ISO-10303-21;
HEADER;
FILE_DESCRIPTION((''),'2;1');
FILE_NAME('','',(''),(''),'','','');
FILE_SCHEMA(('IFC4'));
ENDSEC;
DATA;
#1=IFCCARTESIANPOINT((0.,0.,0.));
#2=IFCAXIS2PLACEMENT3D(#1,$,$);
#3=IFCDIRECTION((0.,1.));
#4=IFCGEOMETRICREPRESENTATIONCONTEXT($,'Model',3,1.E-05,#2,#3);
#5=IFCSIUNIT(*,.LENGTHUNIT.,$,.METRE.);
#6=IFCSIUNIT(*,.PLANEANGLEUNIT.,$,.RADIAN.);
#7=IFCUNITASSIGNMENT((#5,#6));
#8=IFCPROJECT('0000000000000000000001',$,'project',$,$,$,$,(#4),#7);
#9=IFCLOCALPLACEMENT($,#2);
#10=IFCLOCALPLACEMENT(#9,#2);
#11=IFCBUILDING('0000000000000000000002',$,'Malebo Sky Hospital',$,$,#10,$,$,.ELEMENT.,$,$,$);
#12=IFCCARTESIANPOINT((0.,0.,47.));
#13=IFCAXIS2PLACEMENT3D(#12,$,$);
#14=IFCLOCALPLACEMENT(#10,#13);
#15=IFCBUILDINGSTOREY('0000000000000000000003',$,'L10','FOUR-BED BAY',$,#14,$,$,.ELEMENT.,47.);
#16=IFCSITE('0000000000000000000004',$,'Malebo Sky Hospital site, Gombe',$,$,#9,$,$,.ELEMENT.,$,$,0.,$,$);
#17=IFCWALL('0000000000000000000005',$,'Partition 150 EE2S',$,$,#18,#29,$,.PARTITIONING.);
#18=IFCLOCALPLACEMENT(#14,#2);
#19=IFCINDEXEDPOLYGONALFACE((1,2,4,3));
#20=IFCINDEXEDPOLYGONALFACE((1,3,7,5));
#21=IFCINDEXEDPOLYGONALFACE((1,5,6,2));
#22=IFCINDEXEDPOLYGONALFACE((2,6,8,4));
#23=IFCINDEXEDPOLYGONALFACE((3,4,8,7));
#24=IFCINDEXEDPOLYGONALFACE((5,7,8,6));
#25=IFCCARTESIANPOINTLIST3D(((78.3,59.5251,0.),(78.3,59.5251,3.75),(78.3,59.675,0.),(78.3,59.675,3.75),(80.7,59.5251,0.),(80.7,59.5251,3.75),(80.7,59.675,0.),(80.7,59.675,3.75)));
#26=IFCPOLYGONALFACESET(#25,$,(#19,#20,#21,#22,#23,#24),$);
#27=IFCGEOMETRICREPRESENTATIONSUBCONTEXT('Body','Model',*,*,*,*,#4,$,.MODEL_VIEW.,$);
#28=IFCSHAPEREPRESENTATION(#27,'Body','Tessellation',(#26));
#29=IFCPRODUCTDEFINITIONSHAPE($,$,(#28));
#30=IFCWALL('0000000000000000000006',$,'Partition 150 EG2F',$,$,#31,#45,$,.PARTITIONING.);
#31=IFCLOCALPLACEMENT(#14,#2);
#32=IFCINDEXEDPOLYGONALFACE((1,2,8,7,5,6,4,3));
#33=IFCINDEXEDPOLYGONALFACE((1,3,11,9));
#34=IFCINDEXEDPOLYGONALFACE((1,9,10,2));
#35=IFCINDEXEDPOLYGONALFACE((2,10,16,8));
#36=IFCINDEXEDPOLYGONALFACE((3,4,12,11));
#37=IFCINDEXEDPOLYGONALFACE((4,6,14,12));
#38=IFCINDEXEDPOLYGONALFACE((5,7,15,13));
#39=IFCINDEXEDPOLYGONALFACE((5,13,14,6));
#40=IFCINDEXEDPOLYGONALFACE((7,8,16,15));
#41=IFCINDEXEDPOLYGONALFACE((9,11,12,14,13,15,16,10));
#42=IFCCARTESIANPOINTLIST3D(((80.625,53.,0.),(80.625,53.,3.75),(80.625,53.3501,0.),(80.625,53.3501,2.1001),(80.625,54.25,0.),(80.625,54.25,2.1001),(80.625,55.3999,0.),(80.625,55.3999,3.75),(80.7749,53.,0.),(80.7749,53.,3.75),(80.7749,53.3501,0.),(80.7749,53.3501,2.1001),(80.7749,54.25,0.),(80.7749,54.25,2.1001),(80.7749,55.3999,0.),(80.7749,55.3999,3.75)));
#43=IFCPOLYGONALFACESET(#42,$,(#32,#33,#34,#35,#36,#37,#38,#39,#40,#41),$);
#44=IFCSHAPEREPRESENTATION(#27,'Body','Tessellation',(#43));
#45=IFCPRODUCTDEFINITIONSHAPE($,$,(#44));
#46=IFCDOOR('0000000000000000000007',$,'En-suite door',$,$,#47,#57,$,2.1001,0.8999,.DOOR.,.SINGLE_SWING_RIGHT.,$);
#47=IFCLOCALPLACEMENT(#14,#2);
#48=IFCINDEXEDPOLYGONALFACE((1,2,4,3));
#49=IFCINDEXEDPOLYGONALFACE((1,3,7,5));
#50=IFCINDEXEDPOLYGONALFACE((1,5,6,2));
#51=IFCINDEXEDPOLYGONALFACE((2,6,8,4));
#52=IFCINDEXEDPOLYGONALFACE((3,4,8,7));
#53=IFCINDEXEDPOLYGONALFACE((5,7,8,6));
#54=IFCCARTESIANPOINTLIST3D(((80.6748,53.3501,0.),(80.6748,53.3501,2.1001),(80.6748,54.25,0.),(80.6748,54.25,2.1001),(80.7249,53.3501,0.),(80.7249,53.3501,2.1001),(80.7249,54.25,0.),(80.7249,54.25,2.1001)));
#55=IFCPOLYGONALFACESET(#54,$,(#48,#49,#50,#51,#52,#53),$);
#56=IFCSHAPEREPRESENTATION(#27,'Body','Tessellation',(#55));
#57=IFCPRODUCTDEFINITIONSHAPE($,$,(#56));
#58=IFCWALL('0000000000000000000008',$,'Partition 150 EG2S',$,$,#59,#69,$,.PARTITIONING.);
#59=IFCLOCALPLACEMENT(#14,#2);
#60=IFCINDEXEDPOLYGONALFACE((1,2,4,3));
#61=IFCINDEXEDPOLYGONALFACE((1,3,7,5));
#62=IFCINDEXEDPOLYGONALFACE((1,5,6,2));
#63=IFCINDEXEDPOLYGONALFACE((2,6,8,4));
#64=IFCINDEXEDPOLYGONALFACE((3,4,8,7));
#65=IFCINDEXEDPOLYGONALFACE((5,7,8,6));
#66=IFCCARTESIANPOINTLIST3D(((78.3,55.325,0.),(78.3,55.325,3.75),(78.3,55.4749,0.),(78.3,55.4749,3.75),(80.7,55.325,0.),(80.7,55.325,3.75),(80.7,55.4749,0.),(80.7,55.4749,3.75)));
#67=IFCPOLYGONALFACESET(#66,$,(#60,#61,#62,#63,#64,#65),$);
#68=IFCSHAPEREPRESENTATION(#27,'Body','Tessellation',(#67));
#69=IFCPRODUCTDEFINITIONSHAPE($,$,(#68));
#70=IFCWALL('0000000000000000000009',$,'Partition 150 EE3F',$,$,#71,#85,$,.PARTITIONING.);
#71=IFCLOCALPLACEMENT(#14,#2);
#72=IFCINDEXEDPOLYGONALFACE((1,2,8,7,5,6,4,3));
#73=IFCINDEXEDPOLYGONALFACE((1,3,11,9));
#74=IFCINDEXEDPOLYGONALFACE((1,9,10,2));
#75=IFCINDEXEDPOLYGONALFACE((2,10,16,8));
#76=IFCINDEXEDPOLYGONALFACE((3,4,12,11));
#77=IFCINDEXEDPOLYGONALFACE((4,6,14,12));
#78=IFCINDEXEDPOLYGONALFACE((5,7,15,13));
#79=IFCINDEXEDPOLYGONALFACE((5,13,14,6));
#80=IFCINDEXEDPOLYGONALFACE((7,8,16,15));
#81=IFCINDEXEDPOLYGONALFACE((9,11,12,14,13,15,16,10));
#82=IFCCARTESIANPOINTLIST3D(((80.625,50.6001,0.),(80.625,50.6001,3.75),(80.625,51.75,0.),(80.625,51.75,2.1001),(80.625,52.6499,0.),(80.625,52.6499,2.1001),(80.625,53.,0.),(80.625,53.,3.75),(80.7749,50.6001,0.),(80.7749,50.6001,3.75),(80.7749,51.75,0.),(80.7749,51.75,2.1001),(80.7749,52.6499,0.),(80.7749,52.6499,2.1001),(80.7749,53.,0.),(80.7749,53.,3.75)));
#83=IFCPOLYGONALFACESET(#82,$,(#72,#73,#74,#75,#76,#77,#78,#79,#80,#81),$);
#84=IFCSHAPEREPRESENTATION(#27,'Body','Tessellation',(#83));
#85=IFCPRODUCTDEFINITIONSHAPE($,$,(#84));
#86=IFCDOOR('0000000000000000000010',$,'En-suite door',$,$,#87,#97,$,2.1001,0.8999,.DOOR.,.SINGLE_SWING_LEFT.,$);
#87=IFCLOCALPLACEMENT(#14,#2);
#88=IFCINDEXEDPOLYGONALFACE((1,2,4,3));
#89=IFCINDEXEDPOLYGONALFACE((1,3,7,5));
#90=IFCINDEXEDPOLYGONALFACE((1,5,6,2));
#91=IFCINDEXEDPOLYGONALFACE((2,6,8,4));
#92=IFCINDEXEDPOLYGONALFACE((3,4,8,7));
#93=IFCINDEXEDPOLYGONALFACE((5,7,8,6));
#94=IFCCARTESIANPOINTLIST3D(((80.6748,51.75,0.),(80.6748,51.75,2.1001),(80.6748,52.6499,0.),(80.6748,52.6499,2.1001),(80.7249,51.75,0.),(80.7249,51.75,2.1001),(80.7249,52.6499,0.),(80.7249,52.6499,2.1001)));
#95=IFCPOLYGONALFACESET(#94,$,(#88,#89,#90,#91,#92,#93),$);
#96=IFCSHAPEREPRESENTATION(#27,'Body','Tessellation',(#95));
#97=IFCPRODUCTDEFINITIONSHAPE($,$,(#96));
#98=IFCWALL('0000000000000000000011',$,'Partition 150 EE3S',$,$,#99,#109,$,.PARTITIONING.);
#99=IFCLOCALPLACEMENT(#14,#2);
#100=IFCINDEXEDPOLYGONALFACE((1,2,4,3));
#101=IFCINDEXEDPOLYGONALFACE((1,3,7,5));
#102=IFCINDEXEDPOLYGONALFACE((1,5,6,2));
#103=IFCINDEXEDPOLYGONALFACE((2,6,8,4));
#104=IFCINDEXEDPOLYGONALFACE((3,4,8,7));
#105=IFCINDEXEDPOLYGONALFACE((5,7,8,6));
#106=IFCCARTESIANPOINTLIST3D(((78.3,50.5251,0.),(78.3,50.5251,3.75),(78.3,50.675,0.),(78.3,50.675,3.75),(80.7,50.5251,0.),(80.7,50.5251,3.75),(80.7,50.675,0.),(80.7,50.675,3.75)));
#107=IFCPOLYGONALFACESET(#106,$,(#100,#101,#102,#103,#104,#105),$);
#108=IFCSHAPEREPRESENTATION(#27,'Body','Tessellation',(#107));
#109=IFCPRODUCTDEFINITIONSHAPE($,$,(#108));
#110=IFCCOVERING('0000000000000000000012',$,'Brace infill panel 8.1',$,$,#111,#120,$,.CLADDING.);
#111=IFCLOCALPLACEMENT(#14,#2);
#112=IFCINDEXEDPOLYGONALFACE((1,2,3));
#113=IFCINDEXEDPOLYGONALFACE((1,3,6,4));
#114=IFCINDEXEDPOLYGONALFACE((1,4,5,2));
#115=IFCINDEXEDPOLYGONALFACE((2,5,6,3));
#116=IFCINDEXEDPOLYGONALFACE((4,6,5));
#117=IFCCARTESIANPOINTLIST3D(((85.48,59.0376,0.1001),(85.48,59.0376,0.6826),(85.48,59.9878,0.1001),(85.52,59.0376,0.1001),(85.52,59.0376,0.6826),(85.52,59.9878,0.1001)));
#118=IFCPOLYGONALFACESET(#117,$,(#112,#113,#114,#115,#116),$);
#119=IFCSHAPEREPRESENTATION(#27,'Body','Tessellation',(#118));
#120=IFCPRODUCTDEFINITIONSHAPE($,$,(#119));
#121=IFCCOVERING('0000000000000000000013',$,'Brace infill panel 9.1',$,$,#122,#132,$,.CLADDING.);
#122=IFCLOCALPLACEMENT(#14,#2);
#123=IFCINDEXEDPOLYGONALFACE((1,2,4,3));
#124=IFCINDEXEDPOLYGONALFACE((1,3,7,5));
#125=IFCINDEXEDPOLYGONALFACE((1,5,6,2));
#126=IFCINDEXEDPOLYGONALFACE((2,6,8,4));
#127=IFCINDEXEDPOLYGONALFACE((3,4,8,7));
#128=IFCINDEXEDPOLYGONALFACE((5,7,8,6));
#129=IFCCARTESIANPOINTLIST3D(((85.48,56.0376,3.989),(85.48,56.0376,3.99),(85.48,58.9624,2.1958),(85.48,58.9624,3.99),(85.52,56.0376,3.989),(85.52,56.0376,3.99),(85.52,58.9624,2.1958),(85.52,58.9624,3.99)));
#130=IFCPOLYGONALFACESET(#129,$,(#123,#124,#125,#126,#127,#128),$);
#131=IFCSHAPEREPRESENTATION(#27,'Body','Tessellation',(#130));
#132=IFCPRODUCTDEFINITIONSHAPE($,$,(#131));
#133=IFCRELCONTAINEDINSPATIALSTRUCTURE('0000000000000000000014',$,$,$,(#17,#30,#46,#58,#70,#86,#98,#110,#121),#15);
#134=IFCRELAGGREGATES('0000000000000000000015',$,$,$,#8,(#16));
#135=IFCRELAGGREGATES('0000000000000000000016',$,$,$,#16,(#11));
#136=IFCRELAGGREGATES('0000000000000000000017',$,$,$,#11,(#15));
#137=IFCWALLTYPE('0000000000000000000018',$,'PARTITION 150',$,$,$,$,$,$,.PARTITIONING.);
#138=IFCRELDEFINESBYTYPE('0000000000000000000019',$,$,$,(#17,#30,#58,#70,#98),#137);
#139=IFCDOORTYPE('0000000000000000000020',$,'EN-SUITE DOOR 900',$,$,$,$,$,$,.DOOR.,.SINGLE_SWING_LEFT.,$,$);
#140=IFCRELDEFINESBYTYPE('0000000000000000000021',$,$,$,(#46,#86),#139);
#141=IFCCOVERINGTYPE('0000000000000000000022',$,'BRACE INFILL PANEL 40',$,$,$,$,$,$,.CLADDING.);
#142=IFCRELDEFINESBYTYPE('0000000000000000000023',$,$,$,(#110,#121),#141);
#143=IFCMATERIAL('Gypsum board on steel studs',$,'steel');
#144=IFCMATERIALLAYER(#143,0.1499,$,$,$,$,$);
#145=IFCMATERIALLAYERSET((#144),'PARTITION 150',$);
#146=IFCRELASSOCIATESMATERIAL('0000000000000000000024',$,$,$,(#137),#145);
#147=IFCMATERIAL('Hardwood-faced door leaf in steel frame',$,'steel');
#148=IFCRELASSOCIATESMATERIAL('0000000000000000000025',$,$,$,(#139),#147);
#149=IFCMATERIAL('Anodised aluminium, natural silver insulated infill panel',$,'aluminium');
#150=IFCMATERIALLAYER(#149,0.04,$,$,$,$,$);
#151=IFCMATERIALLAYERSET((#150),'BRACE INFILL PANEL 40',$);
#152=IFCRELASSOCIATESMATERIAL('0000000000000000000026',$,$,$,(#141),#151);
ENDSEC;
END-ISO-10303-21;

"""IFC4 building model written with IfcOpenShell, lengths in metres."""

from ifc_helpers import new_model, si_unit, direction, frame, frame_2d, origin, place, context, subcontext, project, spatial, polyline, rectangle, outline, extrude, material, layer, layer_set, type_object, element, fill, save


model = new_model("IFC4")

# Units and contexts
model_context = context("Model", 3, precision=1e-05, world=origin(), true_north=direction((0.0, 1.0)))
body_context = subcontext(model_context, "Body", "Model", "MODEL_VIEW")
ifc_project = project(units=[si_unit("LENGTHUNIT", "METRE"), si_unit("PLANEANGLEUNIT", "RADIAN")], contexts=[model_context])

# Site, building, storey
site_placement = place(None, origin())
site = spatial("IfcSite", under=ifc_project, at=site_placement, Name="Malebo Sky Hospital site, Gombe", CompositionType="ELEMENT", RefElevation=0.0)
building_placement = place(site_placement, origin())
building = spatial("IfcBuilding", under=site, at=building_placement, Name="Malebo Sky Hospital", CompositionType="ELEMENT")
storey_placement = place(building_placement, frame((0.0, 0.0, 47.0)))
storey = spatial("IfcBuildingStorey", under=building, at=storey_placement, Name="L10", Description="FOUR-BED BAY", CompositionType="ELEMENT", Elevation=47.0)

# Wall
ifc_material_1 = material(Name="Gypsum board on steel studs", Category="steel")
ifc_layer_1 = layer(ifc_material_1, 0.1499)
ifc_layer_set_1 = layer_set([ifc_layer_1], Name="PARTITION 150")
wall_type = type_object("IfcWallType", Name="PARTITION 150", PredefinedType="PARTITIONING", material=ifc_layer_set_1)
wall_1_placement = place(storey_placement, frame((78.3, 59.6001, 0.0), z_axis=(0.0, 0.0, 1.0), x_axis=(1.0, 0.0, 0.0)))
element("IfcWall", 1, at=wall_1_placement, inside=storey, type_object=wall_type, Name="Partition 150 EE2S", PredefinedType="PARTITIONING", context=body_context, shape_type="SweptSolid", body=[
    extrude(rectangle(XDim=2.3999, YDim=0.1499, at=frame_2d((1.2, 0.0))), origin(), (0.0, 0.0, 1.0), 3.75),
])

# Wall, opening, door
wall_2_placement = place(storey_placement, frame((80.7, 55.3999, 0.0), z_axis=(0.0, 0.0, 1.0), x_axis=(0.0, -1.0, 0.0)))
wall_2 = element("IfcWall", 2, at=wall_2_placement, inside=storey, type_object=wall_type, Name="Partition 150 EG2F", PredefinedType="PARTITIONING", context=body_context, shape_type="SweptSolid", body=[
    extrude(rectangle(XDim=2.3999, YDim=0.1499, at=frame_2d((1.2, 0.0))), origin(), (0.0, 0.0, 1.0), 3.75),
])
opening_1_placement = place(wall_2_placement, frame((1.1499, 0.0, 0.0)))
opening_1 = element("IfcOpeningElement", 3, at=opening_1_placement, cuts=wall_2, PredefinedType="OPENING", context=body_context, shape_type="SweptSolid", body=[
    extrude(rectangle(XDim=0.8999, YDim=2.1001, at=frame_2d((0.45, 1.05))), frame((0.0, 0.085, 0.0), z_axis=(0.0, -1.0, 0.0), x_axis=(1.0, 0.0, 0.0)), (0.0, 0.0, 1.0), 0.1699),
])
ifc_material_2 = material(Name="Hardwood-faced door leaf in steel frame", Category="steel")
door_type = type_object("IfcDoorType", Name="EN-SUITE DOOR 900", OperationType="SINGLE_SWING_LEFT", PredefinedType="DOOR", material=ifc_material_2)
door_1_placement = place(opening_1_placement, origin())
door_1 = element("IfcDoor", 4, at=door_1_placement, inside=storey, type_object=door_type, Name="En-suite door", OperationType="SINGLE_SWING_RIGHT", OverallHeight=2.1001, OverallWidth=0.8999, PredefinedType="DOOR", context=body_context, shape_type="SweptSolid", body=[
    extrude(rectangle(XDim=0.8999, YDim=2.1001, at=frame_2d((0.45, 1.05))), frame((0.0, 0.0249, 0.0), z_axis=(0.0, -1.0, 0.0), x_axis=(1.0, 0.0, 0.0)), (0.0, 0.0, 1.0), 0.05),
])
fill(opening_1, door_1)

# Wall
wall_3_placement = place(storey_placement, frame((78.3, 55.3999, 0.0), z_axis=(0.0, 0.0, 1.0), x_axis=(1.0, 0.0, 0.0)))
element("IfcWall", 5, at=wall_3_placement, inside=storey, type_object=wall_type, Name="Partition 150 EG2S", PredefinedType="PARTITIONING", context=body_context, shape_type="SweptSolid", body=[
    extrude(rectangle(XDim=2.3999, YDim=0.1499, at=frame_2d((1.2, 0.0))), origin(), (0.0, 0.0, 1.0), 3.75),
])

# Wall, opening, door
wall_4_placement = place(storey_placement, frame((80.7, 53.0, 0.0), z_axis=(0.0, 0.0, 1.0), x_axis=(0.0, -1.0, 0.0)))
wall_4 = element("IfcWall", 6, at=wall_4_placement, inside=storey, type_object=wall_type, Name="Partition 150 EE3F", PredefinedType="PARTITIONING", context=body_context, shape_type="SweptSolid", body=[
    extrude(rectangle(XDim=2.3999, YDim=0.1499, at=frame_2d((1.2, 0.0))), origin(), (0.0, 0.0, 1.0), 3.75),
])
opening_2_placement = place(wall_4_placement, frame((0.3501, 0.0, 0.0)))
opening_2 = element("IfcOpeningElement", 7, at=opening_2_placement, cuts=wall_4, PredefinedType="OPENING", context=body_context, shape_type="SweptSolid", body=[
    extrude(rectangle(XDim=0.8999, YDim=2.1001, at=frame_2d((0.45, 1.05))), frame((0.0, 0.085, 0.0), z_axis=(0.0, -1.0, 0.0), x_axis=(1.0, 0.0, 0.0)), (0.0, 0.0, 1.0), 0.1699),
])
door_2_placement = place(opening_2_placement, origin())
door_2 = element("IfcDoor", 8, at=door_2_placement, inside=storey, type_object=door_type, Name="En-suite door", OperationType="SINGLE_SWING_LEFT", OverallHeight=2.1001, OverallWidth=0.8999, PredefinedType="DOOR", context=body_context, shape_type="SweptSolid", body=[
    extrude(rectangle(XDim=0.8999, YDim=2.1001, at=frame_2d((0.45, 1.05))), frame((0.0, 0.0249, 0.0), z_axis=(0.0, -1.0, 0.0), x_axis=(1.0, 0.0, 0.0)), (0.0, 0.0, 1.0), 0.05),
])
fill(opening_2, door_2)

# Wall
wall_5_placement = place(storey_placement, frame((78.3, 50.6001, 0.0), z_axis=(0.0, 0.0, 1.0), x_axis=(1.0, 0.0, 0.0)))
element("IfcWall", 9, at=wall_5_placement, inside=storey, type_object=wall_type, Name="Partition 150 EE3S", PredefinedType="PARTITIONING", context=body_context, shape_type="SweptSolid", body=[
    extrude(rectangle(XDim=2.3999, YDim=0.1499, at=frame_2d((1.2, 0.0))), origin(), (0.0, 0.0, 1.0), 3.75),
])

# Coverings
ifc_material_3 = material(Name="Anodised aluminium, natural silver insulated infill panel", Category="aluminium")
ifc_layer_2 = layer(ifc_material_3, 0.04)
ifc_layer_set_2 = layer_set([ifc_layer_2], Name="BRACE INFILL PANEL 40")
covering_type = type_object("IfcCoveringType", Name="BRACE INFILL PANEL 40", PredefinedType="CLADDING", material=ifc_layer_set_2)
covering_1_placement = place(storey_placement, frame((85.5, 59.5127, 0.1001), z_axis=(0.0, 0.0, 1.0), x_axis=(0.0, -1.0, 0.0)))
element("IfcCovering", 10, at=covering_1_placement, inside=storey, type_object=covering_type, Name="Brace infill panel 8.1", PredefinedType="CLADDING", context=body_context, shape_type="SweptSolid", body=[
    extrude(outline(polyline([(-0.4751, 0.0), (0.4751, 0.0), (0.4751, 0.5825), (-0.4751, 0.0)])), frame((0.0, 0.02, 0.0), z_axis=(0.0, -1.0, 0.0), x_axis=(1.0, 0.0, 0.0)), (0.0, 0.0, 1.0), 0.04),
])
covering_2_placement = place(storey_placement, frame((85.5, 57.5, 2.1958), z_axis=(0.0, 0.0, 1.0), x_axis=(0.0, -1.0, 0.0)))
element("IfcCovering", 11, at=covering_2_placement, inside=storey, type_object=covering_type, Name="Brace infill panel 9.1", PredefinedType="CLADDING", context=body_context, shape_type="SweptSolid", body=[
    extrude(outline(polyline([(-1.4624, 0.0), (1.4624, 1.7932), (1.4624, 1.7942), (-1.4624, 1.7942), (-1.4624, 0.0)])), frame((0.0, 0.02, 0.0), z_axis=(0.0, -1.0, 0.0), x_axis=(1.0, 0.0, 0.0)), (0.0, 0.0, 1.0), 0.04),
])

save(model, "model.ifc")
